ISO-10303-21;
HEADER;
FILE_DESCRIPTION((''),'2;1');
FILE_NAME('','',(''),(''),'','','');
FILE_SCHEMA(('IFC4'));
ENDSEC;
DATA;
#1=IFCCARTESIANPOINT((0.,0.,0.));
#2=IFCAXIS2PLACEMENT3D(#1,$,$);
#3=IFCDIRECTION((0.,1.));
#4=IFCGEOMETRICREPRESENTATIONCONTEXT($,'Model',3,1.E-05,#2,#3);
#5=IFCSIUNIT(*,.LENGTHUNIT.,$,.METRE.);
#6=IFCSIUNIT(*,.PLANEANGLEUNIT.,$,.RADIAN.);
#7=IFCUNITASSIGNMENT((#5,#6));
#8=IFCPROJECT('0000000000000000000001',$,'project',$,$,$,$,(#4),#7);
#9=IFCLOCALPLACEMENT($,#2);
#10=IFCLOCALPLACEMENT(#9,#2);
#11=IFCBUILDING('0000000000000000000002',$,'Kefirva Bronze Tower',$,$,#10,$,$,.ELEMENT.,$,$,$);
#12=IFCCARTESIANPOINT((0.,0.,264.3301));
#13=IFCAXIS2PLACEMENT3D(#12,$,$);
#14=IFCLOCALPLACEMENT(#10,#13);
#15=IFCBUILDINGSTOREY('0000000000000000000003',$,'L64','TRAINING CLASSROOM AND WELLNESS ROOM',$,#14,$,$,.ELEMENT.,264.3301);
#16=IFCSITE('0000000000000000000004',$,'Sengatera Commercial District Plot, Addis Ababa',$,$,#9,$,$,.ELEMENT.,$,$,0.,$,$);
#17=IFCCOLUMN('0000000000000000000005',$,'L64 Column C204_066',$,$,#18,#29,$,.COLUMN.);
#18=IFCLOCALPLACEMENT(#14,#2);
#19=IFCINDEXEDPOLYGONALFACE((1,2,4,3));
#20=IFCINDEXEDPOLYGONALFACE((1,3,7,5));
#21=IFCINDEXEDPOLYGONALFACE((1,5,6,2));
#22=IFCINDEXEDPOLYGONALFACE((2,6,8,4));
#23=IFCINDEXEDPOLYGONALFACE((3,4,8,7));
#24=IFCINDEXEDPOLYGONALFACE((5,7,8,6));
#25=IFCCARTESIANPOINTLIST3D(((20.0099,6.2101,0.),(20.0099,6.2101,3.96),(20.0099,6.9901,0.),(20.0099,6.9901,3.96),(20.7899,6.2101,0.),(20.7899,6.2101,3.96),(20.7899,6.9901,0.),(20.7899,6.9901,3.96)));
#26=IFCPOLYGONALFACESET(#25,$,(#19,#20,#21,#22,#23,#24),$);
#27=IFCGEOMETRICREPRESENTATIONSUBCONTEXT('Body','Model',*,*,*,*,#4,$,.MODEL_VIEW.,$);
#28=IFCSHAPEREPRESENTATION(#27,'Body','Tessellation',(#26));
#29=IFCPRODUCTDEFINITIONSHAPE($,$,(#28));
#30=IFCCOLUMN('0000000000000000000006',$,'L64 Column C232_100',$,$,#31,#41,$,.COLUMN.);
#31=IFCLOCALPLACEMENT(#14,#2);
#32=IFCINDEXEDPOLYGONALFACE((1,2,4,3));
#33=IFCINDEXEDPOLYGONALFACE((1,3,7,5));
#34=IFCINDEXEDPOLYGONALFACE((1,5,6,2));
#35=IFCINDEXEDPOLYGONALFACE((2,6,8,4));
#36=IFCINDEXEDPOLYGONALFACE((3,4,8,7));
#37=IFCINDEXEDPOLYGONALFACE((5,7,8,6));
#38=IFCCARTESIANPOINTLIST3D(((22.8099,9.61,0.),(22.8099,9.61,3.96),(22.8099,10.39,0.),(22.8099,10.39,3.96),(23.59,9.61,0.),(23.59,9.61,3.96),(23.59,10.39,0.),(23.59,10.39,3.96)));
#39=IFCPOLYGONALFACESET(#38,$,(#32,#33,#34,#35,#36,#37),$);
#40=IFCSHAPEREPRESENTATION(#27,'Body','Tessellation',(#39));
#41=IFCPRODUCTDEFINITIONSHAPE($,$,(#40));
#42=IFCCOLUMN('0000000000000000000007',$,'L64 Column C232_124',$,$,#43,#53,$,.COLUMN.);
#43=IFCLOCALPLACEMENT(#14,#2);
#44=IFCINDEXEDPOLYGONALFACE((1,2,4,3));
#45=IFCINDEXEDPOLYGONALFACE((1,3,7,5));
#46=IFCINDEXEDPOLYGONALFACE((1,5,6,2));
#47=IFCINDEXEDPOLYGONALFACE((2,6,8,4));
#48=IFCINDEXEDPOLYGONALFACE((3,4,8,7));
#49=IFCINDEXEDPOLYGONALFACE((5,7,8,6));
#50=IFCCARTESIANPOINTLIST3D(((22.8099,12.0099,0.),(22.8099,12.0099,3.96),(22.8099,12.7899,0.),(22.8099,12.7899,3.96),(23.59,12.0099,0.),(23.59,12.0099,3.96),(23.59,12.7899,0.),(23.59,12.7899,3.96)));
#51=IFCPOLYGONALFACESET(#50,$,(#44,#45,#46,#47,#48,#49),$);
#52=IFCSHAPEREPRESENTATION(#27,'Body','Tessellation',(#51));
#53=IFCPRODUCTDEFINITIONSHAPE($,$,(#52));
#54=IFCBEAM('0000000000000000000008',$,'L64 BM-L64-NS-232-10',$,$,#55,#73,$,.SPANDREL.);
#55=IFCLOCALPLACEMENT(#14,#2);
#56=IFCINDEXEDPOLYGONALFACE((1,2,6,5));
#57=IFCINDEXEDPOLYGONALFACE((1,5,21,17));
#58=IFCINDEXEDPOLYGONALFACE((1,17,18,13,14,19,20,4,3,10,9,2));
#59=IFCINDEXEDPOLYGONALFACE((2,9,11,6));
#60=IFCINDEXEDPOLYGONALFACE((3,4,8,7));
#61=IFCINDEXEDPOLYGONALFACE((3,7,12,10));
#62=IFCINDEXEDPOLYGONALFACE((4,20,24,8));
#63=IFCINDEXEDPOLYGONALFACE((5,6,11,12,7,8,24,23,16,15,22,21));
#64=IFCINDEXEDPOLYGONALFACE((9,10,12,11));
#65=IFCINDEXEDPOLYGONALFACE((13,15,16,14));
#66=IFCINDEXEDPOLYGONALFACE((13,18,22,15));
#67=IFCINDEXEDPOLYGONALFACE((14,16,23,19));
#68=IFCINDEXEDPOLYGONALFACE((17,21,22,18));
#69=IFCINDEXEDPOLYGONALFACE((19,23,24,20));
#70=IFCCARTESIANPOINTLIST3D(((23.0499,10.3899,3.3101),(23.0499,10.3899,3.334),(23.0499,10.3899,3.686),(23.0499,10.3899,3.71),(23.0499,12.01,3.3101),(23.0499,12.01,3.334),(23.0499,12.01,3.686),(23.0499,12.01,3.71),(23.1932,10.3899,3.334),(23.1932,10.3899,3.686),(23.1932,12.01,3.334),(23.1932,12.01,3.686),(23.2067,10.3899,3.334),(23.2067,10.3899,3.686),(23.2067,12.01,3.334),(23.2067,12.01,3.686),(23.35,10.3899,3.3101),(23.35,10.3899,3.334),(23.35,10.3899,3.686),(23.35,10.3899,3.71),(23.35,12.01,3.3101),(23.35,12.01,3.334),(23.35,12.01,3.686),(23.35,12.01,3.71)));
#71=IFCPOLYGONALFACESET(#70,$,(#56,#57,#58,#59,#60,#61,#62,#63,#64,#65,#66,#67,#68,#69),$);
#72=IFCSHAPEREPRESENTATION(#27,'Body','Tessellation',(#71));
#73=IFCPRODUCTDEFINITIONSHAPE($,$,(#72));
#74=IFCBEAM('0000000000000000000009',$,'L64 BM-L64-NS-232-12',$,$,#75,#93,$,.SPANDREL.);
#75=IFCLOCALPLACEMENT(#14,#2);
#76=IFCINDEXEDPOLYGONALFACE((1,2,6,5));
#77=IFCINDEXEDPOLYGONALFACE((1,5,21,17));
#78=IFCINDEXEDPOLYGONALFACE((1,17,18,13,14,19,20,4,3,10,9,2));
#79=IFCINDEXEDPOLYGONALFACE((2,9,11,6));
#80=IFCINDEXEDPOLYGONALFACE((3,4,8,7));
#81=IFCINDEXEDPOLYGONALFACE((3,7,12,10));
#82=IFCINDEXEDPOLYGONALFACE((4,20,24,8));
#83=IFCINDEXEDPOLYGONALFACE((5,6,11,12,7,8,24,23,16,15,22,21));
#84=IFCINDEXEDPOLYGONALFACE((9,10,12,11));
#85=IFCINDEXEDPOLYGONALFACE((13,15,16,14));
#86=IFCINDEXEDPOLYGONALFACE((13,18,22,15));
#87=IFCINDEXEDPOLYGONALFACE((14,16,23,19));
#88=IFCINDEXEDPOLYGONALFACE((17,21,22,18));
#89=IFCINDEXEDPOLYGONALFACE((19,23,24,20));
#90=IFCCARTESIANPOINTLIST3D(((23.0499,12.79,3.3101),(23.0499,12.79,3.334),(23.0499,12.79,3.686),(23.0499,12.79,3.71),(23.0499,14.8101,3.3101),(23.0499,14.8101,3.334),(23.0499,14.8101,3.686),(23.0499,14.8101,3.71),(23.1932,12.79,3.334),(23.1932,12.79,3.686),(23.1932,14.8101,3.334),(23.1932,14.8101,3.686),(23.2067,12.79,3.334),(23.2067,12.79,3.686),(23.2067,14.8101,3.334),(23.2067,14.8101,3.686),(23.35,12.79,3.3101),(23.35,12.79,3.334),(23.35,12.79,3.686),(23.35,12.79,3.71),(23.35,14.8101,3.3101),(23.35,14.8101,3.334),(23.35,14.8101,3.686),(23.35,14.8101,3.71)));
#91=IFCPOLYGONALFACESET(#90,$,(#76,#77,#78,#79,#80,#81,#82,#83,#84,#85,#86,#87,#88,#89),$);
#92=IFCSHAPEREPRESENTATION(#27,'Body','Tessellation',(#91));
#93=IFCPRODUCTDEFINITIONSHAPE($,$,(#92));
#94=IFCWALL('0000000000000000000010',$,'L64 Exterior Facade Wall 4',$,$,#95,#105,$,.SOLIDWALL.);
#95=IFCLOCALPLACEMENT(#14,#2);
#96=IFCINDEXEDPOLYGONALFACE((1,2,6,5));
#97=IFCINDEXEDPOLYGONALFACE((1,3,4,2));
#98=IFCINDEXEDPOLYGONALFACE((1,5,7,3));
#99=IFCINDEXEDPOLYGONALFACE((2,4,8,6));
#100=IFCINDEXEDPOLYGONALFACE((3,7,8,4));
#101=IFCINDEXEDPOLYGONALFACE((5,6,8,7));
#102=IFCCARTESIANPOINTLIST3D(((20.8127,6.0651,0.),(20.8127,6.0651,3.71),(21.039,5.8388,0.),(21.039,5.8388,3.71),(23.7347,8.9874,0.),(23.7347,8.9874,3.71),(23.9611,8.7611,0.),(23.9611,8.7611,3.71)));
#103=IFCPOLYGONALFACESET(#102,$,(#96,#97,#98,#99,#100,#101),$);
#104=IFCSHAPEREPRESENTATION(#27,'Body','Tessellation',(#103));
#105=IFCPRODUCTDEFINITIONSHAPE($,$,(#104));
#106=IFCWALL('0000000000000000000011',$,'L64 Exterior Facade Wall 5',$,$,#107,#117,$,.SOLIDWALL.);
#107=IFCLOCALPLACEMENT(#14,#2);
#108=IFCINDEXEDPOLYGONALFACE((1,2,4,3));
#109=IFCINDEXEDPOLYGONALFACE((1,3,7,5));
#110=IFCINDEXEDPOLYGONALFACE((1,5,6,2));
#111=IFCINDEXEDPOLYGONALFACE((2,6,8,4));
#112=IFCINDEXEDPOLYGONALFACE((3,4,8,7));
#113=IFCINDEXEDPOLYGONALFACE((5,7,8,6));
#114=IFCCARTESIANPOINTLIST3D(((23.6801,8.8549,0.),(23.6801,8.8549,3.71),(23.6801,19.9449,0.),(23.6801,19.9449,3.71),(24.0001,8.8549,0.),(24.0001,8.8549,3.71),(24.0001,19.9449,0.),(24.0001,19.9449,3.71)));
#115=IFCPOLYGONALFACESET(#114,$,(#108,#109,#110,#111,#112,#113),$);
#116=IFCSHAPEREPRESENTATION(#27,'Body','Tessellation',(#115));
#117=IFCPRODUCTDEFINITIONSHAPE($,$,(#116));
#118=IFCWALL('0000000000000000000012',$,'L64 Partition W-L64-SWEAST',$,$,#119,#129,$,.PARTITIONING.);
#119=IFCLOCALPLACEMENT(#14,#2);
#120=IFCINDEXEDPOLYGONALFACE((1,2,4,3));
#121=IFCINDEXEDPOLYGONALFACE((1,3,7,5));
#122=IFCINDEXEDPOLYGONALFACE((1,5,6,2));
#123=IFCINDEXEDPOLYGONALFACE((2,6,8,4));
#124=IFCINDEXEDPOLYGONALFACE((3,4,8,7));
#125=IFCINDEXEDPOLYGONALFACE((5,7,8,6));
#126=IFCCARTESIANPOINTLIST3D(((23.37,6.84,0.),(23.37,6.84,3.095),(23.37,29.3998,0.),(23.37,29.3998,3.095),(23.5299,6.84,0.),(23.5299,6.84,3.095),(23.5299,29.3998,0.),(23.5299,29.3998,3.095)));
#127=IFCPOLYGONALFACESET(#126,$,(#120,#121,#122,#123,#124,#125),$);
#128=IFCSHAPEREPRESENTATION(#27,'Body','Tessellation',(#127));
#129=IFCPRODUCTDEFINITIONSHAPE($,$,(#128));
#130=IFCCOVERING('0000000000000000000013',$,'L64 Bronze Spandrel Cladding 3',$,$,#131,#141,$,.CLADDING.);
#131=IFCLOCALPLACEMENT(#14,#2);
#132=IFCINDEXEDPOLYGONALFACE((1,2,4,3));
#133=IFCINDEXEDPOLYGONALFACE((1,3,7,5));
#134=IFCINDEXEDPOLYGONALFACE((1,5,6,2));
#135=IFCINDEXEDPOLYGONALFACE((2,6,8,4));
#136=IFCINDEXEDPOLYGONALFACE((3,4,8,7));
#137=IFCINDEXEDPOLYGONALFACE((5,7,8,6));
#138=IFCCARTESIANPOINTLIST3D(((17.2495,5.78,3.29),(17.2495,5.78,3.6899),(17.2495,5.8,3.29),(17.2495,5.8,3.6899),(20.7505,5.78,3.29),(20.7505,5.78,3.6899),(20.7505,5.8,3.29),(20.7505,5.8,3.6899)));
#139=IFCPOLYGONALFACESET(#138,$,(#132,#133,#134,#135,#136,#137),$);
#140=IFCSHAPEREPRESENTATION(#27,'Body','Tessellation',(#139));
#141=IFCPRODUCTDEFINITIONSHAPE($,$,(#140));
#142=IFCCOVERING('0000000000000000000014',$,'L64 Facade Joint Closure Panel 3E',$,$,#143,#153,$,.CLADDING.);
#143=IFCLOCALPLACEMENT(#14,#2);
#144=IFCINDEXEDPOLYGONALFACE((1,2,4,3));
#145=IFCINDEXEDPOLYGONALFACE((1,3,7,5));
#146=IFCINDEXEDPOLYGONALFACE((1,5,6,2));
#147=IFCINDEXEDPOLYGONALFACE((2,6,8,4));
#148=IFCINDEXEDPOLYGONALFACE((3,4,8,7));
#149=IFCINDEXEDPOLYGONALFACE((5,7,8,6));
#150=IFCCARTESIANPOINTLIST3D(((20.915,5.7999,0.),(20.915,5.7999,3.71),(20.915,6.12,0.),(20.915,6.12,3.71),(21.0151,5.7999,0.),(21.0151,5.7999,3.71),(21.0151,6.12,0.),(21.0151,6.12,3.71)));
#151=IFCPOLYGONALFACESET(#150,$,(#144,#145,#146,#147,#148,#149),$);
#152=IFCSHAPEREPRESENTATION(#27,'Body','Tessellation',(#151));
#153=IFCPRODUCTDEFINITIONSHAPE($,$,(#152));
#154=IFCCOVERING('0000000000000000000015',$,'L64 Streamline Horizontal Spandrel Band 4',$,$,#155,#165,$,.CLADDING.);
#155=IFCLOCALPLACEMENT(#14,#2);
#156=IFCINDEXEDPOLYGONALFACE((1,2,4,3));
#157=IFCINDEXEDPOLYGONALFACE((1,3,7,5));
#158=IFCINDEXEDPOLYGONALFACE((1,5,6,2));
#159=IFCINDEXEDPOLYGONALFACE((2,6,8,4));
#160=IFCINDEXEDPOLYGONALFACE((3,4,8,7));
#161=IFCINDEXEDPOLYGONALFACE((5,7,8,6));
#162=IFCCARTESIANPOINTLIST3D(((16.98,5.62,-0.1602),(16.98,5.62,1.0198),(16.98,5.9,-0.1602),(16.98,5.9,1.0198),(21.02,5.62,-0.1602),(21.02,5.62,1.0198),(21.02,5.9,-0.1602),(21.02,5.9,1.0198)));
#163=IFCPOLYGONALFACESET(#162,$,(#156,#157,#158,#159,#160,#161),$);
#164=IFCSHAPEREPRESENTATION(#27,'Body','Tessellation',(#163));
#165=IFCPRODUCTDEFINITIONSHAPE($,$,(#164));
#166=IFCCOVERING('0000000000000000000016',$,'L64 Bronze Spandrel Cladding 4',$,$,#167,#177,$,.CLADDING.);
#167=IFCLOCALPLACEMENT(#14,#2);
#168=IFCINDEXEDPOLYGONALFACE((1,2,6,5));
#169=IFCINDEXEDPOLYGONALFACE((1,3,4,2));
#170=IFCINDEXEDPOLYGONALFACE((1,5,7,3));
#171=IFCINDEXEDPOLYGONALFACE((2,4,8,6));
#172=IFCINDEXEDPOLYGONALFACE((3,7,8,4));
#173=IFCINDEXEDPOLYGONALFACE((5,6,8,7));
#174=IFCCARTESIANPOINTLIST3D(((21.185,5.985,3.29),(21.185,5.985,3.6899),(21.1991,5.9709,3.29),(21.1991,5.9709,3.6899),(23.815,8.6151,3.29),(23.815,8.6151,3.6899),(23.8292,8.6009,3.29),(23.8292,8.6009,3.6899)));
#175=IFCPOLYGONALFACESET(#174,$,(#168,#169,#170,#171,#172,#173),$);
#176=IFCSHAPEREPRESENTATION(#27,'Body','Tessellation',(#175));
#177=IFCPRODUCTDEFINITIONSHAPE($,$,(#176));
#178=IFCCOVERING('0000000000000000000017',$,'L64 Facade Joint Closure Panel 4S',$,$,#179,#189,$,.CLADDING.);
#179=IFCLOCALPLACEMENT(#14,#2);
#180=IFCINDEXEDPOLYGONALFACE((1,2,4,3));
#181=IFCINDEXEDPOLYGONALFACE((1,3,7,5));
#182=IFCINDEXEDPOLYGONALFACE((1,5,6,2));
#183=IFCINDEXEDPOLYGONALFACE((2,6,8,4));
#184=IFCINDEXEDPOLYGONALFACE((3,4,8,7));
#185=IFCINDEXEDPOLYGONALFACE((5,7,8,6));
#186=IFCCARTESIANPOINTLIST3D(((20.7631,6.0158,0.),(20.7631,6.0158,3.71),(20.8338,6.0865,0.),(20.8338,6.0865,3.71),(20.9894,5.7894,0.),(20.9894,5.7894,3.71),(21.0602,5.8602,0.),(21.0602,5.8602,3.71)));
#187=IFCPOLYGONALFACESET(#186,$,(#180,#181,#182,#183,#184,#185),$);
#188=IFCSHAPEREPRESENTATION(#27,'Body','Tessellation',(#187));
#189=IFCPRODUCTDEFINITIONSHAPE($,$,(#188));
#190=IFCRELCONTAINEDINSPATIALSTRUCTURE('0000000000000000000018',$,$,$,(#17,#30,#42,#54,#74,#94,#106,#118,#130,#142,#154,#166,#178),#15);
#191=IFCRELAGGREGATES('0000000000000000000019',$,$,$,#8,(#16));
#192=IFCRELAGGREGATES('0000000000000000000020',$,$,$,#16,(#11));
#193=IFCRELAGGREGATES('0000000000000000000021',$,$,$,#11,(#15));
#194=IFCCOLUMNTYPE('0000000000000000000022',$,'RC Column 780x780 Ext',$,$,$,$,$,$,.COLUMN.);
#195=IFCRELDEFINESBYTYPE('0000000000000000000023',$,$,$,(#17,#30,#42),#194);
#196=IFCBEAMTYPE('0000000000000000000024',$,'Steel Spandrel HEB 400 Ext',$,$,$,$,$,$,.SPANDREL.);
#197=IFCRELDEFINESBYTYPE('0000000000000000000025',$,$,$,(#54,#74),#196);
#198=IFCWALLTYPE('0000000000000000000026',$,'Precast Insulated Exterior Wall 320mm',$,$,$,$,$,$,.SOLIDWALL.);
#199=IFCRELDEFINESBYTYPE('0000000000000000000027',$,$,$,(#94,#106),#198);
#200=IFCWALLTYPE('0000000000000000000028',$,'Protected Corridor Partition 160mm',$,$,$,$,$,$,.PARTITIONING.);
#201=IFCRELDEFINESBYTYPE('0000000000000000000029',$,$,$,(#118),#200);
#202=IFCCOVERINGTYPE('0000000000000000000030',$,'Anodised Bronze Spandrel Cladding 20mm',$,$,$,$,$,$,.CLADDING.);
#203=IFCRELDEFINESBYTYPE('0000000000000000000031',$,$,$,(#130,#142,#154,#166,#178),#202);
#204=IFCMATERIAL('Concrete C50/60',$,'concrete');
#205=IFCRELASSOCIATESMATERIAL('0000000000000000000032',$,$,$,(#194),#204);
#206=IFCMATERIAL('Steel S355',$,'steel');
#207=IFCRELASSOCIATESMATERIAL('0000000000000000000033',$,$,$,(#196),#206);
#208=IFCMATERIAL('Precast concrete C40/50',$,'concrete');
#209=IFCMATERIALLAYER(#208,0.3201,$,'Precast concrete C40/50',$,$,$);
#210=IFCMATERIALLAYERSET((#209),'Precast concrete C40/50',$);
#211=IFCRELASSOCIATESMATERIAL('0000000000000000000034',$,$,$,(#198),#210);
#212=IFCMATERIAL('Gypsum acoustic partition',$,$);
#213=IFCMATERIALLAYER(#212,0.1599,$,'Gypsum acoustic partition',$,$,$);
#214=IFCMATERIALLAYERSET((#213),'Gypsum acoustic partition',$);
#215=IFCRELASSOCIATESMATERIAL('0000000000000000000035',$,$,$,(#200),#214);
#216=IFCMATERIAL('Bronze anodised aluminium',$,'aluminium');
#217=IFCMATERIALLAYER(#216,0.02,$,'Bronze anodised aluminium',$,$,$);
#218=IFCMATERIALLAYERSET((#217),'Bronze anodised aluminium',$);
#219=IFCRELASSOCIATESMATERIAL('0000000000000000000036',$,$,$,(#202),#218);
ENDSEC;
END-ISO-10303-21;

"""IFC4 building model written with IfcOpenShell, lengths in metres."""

from ifc_helpers import new_model, si_unit, direction, frame, frame_2d, origin, origin_2d, place, context, subcontext, project, spatial, rectangle, i_section, extrude, material, layer, layer_set, material_profile, profile_set, type_object, element, save


model = new_model("IFC4")

# Units and contexts
model_context = context("Model", 3, precision=1e-05, world=origin(), true_north=direction((0.0, 1.0)))
body_context = subcontext(model_context, "Body", "Model", "MODEL_VIEW")
ifc_project = project(units=[si_unit("LENGTHUNIT", "METRE"), si_unit("PLANEANGLEUNIT", "RADIAN")], contexts=[model_context])

# Site, building, storey
site_placement = place(None, origin())
site = spatial("IfcSite", under=ifc_project, at=site_placement, Name="Sengatera Commercial District Plot, Addis Ababa", CompositionType="ELEMENT", RefElevation=0.0)
building_placement = place(site_placement, origin())
building = spatial("IfcBuilding", under=site, at=building_placement, Name="Kefirva Bronze Tower", CompositionType="ELEMENT")
storey_placement = place(building_placement, frame((0.0, 0.0, 264.3301)))
storey = spatial("IfcBuildingStorey", under=building, at=storey_placement, Name="L64", Description="TRAINING CLASSROOM AND WELLNESS ROOM", CompositionType="ELEMENT", Elevation=264.3301)

# Columns
ifc_material_1 = material(Name="Concrete C50/60", Category="concrete")
ifc_material_profile_1 = material_profile(ifc_material_1, rectangle(XDim=0.78, YDim=0.78, at=origin_2d()), Name="RC 780x780")
ifc_profile_set_1 = profile_set([ifc_material_profile_1], Name="Concrete C50/60")
column_type = type_object("IfcColumnType", Name="RC Column 780x780 Ext", PredefinedType="COLUMN", material=ifc_profile_set_1)
for number, where, z_axis, x_axis, name in (
    (1, (20.3999, 6.6001, 0.0), (0.0, 0.0, 1.0), (1.0, 0.0, 0.0), "L64 Column C204_066"),
    (2, (23.2, 10.0, 0.0), (0.0, 0.0, 1.0), (1.0, 0.0, 0.0), "L64 Column C232_100"),
    (3, (23.2, 12.3999, 0.0), (0.0, 0.0, 1.0), (1.0, 0.0, 0.0), "L64 Column C232_124"),
):
    element("IfcColumn", number, at=place(storey_placement, frame(where, z_axis=z_axis, x_axis=x_axis)), inside=storey, type_object=column_type, Name=name, PredefinedType="COLUMN", context=body_context, shape_type="SweptSolid", body=[
        extrude(rectangle(XDim=0.78, YDim=0.78, at=origin_2d()), origin(), (0.0, 0.0, 1.0), 3.96),
    ])

# Beams
ifc_material_2 = material(Name="Steel S355", Category="steel")
ifc_material_profile_2 = material_profile(ifc_material_2, i_section(OverallWidth=0.3, OverallDepth=0.3999, WebThickness=0.0134, FlangeThickness=0.0239, at=origin_2d()), Name="HEB 400")
ifc_profile_set_2 = profile_set([ifc_material_profile_2], Name="Steel S355")
beam_type = type_object("IfcBeamType", Name="Steel Spandrel HEB 400 Ext", PredefinedType="SPANDREL", material=ifc_profile_set_2)
beam_1_placement = place(storey_placement, frame((23.2, 10.3899, 3.51), z_axis=(0.0, 1.0, 0.0), x_axis=(-1.0, 0.0, 0.0)))
element("IfcBeam", 4, at=beam_1_placement, inside=storey, type_object=beam_type, Name="L64 BM-L64-NS-232-10", PredefinedType="SPANDREL", context=body_context, shape_type="SweptSolid", body=[
    extrude(i_section(OverallWidth=0.3, OverallDepth=0.3999, WebThickness=0.0134, FlangeThickness=0.0239, at=origin_2d()), origin(), (0.0, 0.0, 1.0), 1.6201),
])
beam_2_placement = place(storey_placement, frame((23.2, 12.79, 3.51), z_axis=(0.0, 1.0, 0.0), x_axis=(-1.0, 0.0, 0.0)))
element("IfcBeam", 5, at=beam_2_placement, inside=storey, type_object=beam_type, Name="L64 BM-L64-NS-232-12", PredefinedType="SPANDREL", context=body_context, shape_type="SweptSolid", body=[
    extrude(i_section(OverallWidth=0.3, OverallDepth=0.3999, WebThickness=0.0134, FlangeThickness=0.0239, at=origin_2d()), origin(), (0.0, 0.0, 1.0), 2.02),
])

# Walls
ifc_material_3 = material(Name="Precast concrete C40/50", Category="concrete")
ifc_layer_1 = layer(ifc_material_3, 0.3201, Name="Precast concrete C40/50")
ifc_layer_set_1 = layer_set([ifc_layer_1], Name="Precast concrete C40/50")
wall_type_1 = type_object("IfcWallType", Name="Precast Insulated Exterior Wall 320mm", PredefinedType="SOLIDWALL", material=ifc_layer_set_1)
wall_1_placement = place(storey_placement, frame((20.9258, 5.9519, 0.0), z_axis=(0.0, 0.0, 1.0), x_axis=(0.707077, 0.707136, 0.0)))
element("IfcWall", 6, at=wall_1_placement, inside=storey, type_object=wall_type_1, Name="L64 Exterior Facade Wall 4", PredefinedType="SOLIDWALL", context=body_context, shape_type="SweptSolid", body=[
    extrude(rectangle(XDim=4.1326, YDim=0.3201, at=frame_2d((2.0664, 0.0))), origin(), (0.0, 0.0, 1.0), 3.71),
])
wall_2_placement = place(storey_placement, frame((23.8401, 8.855, 0.0), z_axis=(0.0, 0.0, 1.0), x_axis=(0.0, 1.0, 0.0)))
element("IfcWall", 7, at=wall_2_placement, inside=storey, type_object=wall_type_1, Name="L64 Exterior Facade Wall 5", PredefinedType="SOLIDWALL", context=body_context, shape_type="SweptSolid", body=[
    extrude(rectangle(XDim=11.0901, YDim=0.3201, at=frame_2d((5.5449, 0.0))), origin(), (0.0, 0.0, 1.0), 3.71),
])
ifc_material_4 = material(Name="Gypsum acoustic partition")
ifc_layer_2 = layer(ifc_material_4, 0.1599, Name="Gypsum acoustic partition")
ifc_layer_set_2 = layer_set([ifc_layer_2], Name="Gypsum acoustic partition")
wall_type_2 = type_object("IfcWallType", Name="Protected Corridor Partition 160mm", PredefinedType="PARTITIONING", material=ifc_layer_set_2)
wall_3_placement = place(storey_placement, frame((23.45, 6.8401, 0.0), z_axis=(0.0, 0.0, 1.0), x_axis=(0.0, 1.0, 0.0)))
element("IfcWall", 8, at=wall_3_placement, inside=storey, type_object=wall_type_2, Name="L64 Partition W-L64-SWEAST", PredefinedType="PARTITIONING", context=body_context, shape_type="SweptSolid", body=[
    extrude(rectangle(XDim=22.5598, YDim=0.1599, at=frame_2d((11.2798, 0.0))), origin(), (0.0, 0.0, 1.0), 3.095),
])

# Coverings
ifc_material_5 = material(Name="Bronze anodised aluminium", Category="aluminium")
ifc_layer_3 = layer(ifc_material_5, 0.02, Name="Bronze anodised aluminium")
ifc_layer_set_3 = layer_set([ifc_layer_3], Name="Bronze anodised aluminium")
covering_type_1 = type_object("IfcCoveringType", Name="Anodised Bronze Spandrel Cladding 20mm", PredefinedType="CLADDING", material=ifc_layer_set_3)
covering_1_placement = place(storey_placement, frame((19.0, 5.79, 3.29), z_axis=(0.0, 0.0, 1.0), x_axis=(1.0, 0.0, 0.0)))
element("IfcCovering", 9, at=covering_1_placement, inside=storey, type_object=covering_type_1, Name="L64 Bronze Spandrel Cladding 3", PredefinedType="CLADDING", context=body_context, shape_type="SweptSolid", body=[
    extrude(rectangle(XDim=3.501, YDim=0.02, at=origin_2d()), origin(), (0.0, 0.0, 1.0), 0.3999),
])
covering_2_placement = place(storey_placement, frame((20.9651, 5.96, 0.0), z_axis=(0.0, 0.0, 1.0), x_axis=(1.0, 0.0, 0.0)))
element("IfcCovering", 10, at=covering_2_placement, inside=storey, type_object=covering_type_1, Name="L64 Facade Joint Closure Panel 3E", PredefinedType="CLADDING", context=body_context, shape_type="SweptSolid", body=[
    extrude(rectangle(XDim=0.1001, YDim=0.3201, at=origin_2d()), origin(), (0.0, 0.0, 1.0), 3.71),
])
covering_3_placement = place(storey_placement, frame((19.0, 5.76, -0.1602), z_axis=(0.0, 0.0, 1.0), x_axis=(1.0, 0.0, 0.0)))
element("IfcCovering", 11, at=covering_3_placement, inside=storey, type_object=covering_type_1, Name="L64 Streamline Horizontal Spandrel Band 4", PredefinedType="CLADDING", context=body_context, shape_type="SweptSolid", body=[
    extrude(rectangle(XDim=4.04, YDim=0.28, at=origin_2d()), origin(), (0.0, 0.0, 1.0), 1.1799),
])
covering_4_placement = place(storey_placement, frame((22.5071, 7.293, 3.29), z_axis=(0.0, 0.0, 1.0), x_axis=(0.707107, 0.707107, 0.0)))
element("IfcCovering", 12, at=covering_4_placement, inside=storey, type_object=covering_type_1, Name="L64 Bronze Spandrel Cladding 4", PredefinedType="CLADDING", context=body_context, shape_type="SweptSolid", body=[
    extrude(rectangle(XDim=3.7195, YDim=0.02, at=origin_2d()), origin(), (0.0, 0.0, 1.0), 0.3999),
])
for number, where, z_axis, x_axis, name in (
    (13, (20.9116, 5.938, 0.0), (0.0, 0.0, 1.0), (0.707107, 0.707107, 0.0), "L64 Facade Joint Closure Panel 4S"),
):
    element("IfcCovering", number, at=place(storey_placement, frame(where, z_axis=z_axis, x_axis=x_axis)), inside=storey, type_object=covering_type_1, Name=name, PredefinedType="CLADDING", context=body_context, shape_type="SweptSolid", body=[
        extrude(rectangle(XDim=0.1001, YDim=0.3201, at=origin_2d()), origin(), (0.0, 0.0, 1.0), 3.71),
    ])

save(model, "model.ifc")
